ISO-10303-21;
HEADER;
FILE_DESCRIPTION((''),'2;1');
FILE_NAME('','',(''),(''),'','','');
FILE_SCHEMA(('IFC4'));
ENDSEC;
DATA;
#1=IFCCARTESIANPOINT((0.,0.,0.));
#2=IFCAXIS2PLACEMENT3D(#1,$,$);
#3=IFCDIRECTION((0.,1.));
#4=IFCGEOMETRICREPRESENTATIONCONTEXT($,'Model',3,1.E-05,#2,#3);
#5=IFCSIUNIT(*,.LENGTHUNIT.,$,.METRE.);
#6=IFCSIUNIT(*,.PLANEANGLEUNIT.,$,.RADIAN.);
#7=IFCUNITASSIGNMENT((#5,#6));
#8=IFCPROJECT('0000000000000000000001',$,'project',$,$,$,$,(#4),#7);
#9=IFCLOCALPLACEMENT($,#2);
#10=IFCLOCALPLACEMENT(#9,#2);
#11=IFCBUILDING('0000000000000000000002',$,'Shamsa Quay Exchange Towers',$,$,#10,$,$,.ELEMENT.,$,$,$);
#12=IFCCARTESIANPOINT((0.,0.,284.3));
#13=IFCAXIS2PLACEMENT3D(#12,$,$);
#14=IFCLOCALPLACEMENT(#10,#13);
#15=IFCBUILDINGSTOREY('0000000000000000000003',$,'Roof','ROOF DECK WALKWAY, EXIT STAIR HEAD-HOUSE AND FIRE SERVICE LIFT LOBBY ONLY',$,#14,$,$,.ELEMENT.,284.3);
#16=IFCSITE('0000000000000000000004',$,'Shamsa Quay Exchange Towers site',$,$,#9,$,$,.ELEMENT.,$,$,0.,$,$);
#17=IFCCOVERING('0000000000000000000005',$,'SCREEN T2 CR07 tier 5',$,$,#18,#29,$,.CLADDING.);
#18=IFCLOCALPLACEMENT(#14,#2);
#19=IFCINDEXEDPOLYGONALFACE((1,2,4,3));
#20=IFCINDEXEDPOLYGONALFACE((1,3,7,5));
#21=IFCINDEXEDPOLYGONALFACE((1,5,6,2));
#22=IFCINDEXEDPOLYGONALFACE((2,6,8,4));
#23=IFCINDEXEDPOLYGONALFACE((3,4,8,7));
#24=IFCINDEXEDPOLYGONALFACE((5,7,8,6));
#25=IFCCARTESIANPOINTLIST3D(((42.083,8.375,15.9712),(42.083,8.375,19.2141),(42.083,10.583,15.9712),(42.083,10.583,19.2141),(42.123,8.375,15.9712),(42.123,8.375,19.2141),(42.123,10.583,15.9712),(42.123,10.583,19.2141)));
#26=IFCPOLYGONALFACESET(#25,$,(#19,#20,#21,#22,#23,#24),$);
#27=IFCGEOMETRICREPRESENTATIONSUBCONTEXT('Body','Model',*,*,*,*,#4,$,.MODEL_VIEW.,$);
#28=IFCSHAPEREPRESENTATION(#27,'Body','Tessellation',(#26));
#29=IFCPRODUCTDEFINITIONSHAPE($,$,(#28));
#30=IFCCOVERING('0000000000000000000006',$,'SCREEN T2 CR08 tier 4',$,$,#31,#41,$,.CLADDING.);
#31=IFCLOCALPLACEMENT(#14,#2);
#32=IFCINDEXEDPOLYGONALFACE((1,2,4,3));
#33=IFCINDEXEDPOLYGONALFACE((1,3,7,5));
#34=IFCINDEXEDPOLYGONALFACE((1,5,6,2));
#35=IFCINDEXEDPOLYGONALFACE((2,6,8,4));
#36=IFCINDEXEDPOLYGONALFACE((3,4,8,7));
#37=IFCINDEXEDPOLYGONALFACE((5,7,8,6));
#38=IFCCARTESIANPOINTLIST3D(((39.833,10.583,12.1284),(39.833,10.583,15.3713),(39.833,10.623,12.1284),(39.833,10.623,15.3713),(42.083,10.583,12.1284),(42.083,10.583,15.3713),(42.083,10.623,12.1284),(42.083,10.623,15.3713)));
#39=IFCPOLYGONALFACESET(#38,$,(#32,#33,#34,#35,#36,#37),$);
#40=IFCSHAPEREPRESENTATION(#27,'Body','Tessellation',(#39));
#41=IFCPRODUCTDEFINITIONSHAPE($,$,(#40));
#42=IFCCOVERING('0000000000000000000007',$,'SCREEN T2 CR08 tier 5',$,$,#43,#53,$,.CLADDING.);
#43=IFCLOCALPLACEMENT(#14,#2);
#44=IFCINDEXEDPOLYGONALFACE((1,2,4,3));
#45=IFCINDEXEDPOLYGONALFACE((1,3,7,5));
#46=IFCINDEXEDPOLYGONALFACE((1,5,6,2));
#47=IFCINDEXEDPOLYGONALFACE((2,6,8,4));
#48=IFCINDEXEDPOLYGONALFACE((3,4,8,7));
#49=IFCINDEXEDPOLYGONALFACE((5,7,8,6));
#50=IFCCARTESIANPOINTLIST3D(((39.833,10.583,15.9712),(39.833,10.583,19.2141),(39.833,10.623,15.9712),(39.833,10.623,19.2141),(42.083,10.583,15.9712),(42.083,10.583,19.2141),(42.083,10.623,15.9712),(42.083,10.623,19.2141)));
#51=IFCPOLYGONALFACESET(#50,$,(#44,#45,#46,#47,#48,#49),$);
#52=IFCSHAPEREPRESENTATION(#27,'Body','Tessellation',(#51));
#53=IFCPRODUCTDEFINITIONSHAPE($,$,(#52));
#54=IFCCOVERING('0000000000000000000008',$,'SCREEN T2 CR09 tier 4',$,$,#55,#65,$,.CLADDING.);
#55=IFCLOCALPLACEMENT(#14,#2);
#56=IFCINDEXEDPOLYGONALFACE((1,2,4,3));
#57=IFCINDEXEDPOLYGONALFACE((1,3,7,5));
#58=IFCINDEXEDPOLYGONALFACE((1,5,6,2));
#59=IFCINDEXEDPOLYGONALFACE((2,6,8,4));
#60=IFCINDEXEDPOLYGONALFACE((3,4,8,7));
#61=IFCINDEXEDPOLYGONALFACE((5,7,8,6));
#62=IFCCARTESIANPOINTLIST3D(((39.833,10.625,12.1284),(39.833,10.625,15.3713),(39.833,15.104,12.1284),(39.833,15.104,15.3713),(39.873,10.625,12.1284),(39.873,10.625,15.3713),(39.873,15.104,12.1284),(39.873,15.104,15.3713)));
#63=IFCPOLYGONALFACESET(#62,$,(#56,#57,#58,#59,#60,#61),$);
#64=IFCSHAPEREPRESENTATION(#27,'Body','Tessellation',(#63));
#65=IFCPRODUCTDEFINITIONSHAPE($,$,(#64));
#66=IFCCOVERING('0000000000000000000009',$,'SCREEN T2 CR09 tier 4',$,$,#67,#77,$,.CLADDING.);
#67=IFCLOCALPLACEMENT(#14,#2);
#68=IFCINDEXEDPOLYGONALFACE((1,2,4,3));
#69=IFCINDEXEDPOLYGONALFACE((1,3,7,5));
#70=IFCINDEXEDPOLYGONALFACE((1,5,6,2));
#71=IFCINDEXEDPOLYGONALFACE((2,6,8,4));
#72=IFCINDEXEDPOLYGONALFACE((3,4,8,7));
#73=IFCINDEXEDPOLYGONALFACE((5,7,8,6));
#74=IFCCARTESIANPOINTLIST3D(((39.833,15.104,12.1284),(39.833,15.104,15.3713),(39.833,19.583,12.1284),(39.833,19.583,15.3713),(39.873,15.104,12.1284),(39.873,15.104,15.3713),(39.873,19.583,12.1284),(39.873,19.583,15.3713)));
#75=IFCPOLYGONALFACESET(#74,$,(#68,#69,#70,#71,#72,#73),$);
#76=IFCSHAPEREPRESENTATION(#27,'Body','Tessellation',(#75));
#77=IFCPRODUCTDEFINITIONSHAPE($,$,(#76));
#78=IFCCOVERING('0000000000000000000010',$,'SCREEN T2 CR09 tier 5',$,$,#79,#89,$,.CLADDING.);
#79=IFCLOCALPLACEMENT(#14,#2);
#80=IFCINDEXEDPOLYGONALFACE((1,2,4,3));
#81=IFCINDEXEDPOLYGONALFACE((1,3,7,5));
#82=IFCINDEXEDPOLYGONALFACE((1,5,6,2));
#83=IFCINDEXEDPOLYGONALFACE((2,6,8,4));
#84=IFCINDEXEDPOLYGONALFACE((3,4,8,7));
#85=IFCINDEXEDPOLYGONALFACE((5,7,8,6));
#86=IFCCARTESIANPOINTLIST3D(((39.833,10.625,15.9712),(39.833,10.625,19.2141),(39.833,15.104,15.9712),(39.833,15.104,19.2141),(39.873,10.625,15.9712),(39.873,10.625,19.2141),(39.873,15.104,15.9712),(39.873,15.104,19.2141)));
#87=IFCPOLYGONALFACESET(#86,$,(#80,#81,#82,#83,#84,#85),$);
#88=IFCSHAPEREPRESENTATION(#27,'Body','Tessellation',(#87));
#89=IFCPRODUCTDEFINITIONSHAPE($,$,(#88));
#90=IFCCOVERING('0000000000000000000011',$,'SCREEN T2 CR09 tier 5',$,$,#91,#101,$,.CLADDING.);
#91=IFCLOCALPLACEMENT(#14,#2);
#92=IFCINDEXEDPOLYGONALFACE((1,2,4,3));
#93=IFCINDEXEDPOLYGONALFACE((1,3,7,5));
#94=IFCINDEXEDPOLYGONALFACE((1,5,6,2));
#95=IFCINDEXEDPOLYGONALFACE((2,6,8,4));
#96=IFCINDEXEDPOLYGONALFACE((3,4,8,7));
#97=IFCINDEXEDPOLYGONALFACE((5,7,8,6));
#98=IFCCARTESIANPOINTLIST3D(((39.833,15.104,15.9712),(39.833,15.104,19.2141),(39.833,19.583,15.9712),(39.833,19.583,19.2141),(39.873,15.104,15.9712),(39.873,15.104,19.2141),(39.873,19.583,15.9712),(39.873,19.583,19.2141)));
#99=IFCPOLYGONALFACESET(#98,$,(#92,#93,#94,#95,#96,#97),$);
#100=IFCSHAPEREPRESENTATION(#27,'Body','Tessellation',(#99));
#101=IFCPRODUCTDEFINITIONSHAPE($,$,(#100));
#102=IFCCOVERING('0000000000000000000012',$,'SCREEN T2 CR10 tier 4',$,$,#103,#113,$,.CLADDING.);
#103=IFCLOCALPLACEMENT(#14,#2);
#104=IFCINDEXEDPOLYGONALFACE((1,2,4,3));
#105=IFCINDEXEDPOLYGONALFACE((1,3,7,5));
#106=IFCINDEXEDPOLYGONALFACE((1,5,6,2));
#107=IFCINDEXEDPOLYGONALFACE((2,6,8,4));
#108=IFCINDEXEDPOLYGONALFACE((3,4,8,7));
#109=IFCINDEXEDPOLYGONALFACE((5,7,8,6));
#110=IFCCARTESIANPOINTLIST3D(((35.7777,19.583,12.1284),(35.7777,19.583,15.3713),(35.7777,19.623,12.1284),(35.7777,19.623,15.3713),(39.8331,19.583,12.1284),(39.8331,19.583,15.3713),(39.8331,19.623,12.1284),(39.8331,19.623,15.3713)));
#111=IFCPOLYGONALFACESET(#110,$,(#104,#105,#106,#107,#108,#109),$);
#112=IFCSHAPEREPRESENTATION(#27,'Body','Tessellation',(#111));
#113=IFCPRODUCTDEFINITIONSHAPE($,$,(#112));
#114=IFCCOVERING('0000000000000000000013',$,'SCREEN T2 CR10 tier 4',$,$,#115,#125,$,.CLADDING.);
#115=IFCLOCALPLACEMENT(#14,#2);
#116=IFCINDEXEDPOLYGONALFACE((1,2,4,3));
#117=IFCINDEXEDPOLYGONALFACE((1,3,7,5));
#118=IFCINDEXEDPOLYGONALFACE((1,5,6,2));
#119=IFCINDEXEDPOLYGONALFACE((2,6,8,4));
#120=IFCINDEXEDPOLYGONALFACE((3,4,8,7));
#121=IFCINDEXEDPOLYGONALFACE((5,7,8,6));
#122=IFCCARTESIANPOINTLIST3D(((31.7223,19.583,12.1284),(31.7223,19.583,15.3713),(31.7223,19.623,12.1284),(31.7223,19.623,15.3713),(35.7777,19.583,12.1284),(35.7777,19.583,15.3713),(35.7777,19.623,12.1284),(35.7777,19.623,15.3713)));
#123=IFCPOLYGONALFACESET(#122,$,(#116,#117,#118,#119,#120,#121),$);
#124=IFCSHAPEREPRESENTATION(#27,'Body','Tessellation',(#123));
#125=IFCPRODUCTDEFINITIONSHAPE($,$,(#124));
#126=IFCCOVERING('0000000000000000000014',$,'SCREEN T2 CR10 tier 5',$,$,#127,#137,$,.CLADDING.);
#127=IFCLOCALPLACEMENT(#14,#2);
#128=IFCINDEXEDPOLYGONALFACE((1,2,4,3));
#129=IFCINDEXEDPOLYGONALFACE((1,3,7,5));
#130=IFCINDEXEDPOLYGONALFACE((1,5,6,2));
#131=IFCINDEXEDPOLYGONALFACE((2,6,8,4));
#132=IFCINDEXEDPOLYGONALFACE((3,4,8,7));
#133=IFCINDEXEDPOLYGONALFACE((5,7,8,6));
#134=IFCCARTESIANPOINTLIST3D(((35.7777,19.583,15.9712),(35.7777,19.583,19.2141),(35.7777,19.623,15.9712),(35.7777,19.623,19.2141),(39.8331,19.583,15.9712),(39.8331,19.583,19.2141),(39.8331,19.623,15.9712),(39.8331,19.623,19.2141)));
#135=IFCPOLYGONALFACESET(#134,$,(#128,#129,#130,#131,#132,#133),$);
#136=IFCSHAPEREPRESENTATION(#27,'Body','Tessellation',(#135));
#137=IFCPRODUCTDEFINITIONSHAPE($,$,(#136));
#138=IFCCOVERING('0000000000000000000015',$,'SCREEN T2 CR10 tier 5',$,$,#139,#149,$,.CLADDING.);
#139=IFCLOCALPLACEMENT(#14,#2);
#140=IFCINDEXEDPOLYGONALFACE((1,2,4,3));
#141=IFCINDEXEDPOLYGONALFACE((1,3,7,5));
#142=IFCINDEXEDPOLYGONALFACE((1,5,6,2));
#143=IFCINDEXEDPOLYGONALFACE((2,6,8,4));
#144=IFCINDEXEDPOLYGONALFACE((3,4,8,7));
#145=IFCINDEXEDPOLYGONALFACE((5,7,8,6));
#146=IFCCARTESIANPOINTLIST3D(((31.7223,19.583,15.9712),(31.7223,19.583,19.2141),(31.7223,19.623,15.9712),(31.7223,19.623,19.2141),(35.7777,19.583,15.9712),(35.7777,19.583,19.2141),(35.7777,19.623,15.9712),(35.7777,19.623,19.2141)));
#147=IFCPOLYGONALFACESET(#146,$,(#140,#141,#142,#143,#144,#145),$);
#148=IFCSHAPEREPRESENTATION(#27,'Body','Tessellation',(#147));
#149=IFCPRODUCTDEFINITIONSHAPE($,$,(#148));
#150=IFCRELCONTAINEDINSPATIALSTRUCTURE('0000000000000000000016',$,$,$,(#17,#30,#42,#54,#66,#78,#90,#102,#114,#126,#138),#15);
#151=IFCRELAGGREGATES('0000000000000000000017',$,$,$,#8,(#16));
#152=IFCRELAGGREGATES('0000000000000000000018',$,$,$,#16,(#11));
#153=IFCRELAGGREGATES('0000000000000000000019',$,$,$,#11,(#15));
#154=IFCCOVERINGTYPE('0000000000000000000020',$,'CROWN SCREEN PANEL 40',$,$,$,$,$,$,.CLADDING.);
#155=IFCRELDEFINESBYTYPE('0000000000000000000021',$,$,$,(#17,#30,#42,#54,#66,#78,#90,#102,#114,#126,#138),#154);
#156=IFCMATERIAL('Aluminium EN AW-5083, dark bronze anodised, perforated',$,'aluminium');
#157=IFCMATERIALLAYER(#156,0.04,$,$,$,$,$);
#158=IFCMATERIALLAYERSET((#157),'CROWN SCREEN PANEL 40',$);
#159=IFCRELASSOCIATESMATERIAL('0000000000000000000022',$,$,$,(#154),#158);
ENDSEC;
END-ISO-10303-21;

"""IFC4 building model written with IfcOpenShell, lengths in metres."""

from ifc_helpers import new_model, si_unit, direction, frame, origin, origin_2d, place, context, subcontext, project, spatial, rectangle, extrude, material, layer, layer_set, type_object, element, save


model = new_model("IFC4")

# Units and contexts
model_context = context("Model", 3, precision=1e-05, world=origin(), true_north=direction((0.0, 1.0)))
body_context = subcontext(model_context, "Body", "Model", "MODEL_VIEW")
ifc_project = project(units=[si_unit("LENGTHUNIT", "METRE"), si_unit("PLANEANGLEUNIT", "RADIAN")], contexts=[model_context])

# Site, building, storey
site_placement = place(None, origin())
site = spatial("IfcSite", under=ifc_project, at=site_placement, Name="Shamsa Quay Exchange Towers site", CompositionType="ELEMENT", RefElevation=0.0)
building_placement = place(site_placement, origin())
building = spatial("IfcBuilding", under=site, at=building_placement, Name="Shamsa Quay Exchange Towers", CompositionType="ELEMENT")
storey_placement = place(building_placement, frame((0.0, 0.0, 284.3)))
storey = spatial("IfcBuildingStorey", under=building, at=storey_placement, Name="Roof", Description="ROOF DECK WALKWAY, EXIT STAIR HEAD-HOUSE AND FIRE SERVICE LIFT LOBBY ONLY", CompositionType="ELEMENT", Elevation=284.3)

# Coverings
ifc_material_1 = material(Name="Aluminium EN AW-5083, dark bronze anodised, perforated", Category="aluminium")
ifc_layer = layer(ifc_material_1, 0.04)
ifc_layer_set = layer_set([ifc_layer], Name="CROWN SCREEN PANEL 40")
covering_type = type_object("IfcCoveringType", Name="CROWN SCREEN PANEL 40", PredefinedType="CLADDING", material=ifc_layer_set)
for number, where, z_axis, x_axis, name in (
    (1, (42.103, 9.479, 15.9712), (0.0, 0.0, 1.0), (0.0, 1.0, 0.0), "SCREEN T2 CR07 tier 5"),
):
    element("IfcCovering", number, at=place(storey_placement, frame(where, z_axis=z_axis, x_axis=x_axis)), inside=storey, type_object=covering_type, Name=name, PredefinedType="CLADDING", context=body_context, shape_type="SweptSolid", body=[
        extrude(rectangle(XDim=2.208, YDim=0.04, at=origin_2d()), origin(), (0.0, 0.0, 1.0), 3.2429),
    ])
for number, where, z_axis, x_axis, name in (
    (2, (40.958, 10.603, 12.1284), (0.0, 0.0, 1.0), (-1.0, 0.0, 0.0), "SCREEN T2 CR08 tier 4"),
    (3, (40.958, 10.603, 15.9712), (0.0, 0.0, 1.0), (-1.0, 0.0, 0.0), "SCREEN T2 CR08 tier 5"),
):
    element("IfcCovering", number, at=place(storey_placement, frame(where, z_axis=z_axis, x_axis=x_axis)), inside=storey, type_object=covering_type, Name=name, PredefinedType="CLADDING", context=body_context, shape_type="SweptSolid", body=[
        extrude(rectangle(XDim=2.25, YDim=0.04, at=origin_2d()), origin(), (0.0, 0.0, 1.0), 3.2429),
    ])
for number, where, z_axis, x_axis, name in (
    (4, (39.853, 12.8645, 12.1284), (0.0, 0.0, 1.0), (0.0, 1.0, 0.0), "SCREEN T2 CR09 tier 4"),
    (5, (39.853, 17.3435, 12.1284), (0.0, 0.0, 1.0), (0.0, 1.0, 0.0), "SCREEN T2 CR09 tier 4"),
    (6, (39.853, 12.8645, 15.9712), (0.0, 0.0, 1.0), (0.0, 1.0, 0.0), "SCREEN T2 CR09 tier 5"),
    (7, (39.853, 17.3435, 15.9712), (0.0, 0.0, 1.0), (0.0, 1.0, 0.0), "SCREEN T2 CR09 tier 5"),
):
    element("IfcCovering", number, at=place(storey_placement, frame(where, z_axis=z_axis, x_axis=x_axis)), inside=storey, type_object=covering_type, Name=name, PredefinedType="CLADDING", context=body_context, shape_type="SweptSolid", body=[
        extrude(rectangle(XDim=4.479, YDim=0.04, at=origin_2d()), origin(), (0.0, 0.0, 1.0), 3.2429),
    ])
for number, where, z_axis, x_axis, name in (
    (8, (37.8054, 19.603, 12.1284), (0.0, 0.0, 1.0), (-1.0, 0.0, 0.0), "SCREEN T2 CR10 tier 4"),
    (9, (33.75, 19.603, 12.1284), (0.0, 0.0, 1.0), (-1.0, 0.0, 0.0), "SCREEN T2 CR10 tier 4"),
    (10, (37.8054, 19.603, 15.9712), (0.0, 0.0, 1.0), (-1.0, 0.0, 0.0), "SCREEN T2 CR10 tier 5"),
    (11, (33.75, 19.603, 15.9712), (0.0, 0.0, 1.0), (-1.0, 0.0, 0.0), "SCREEN T2 CR10 tier 5"),
):
    element("IfcCovering", number, at=place(storey_placement, frame(where, z_axis=z_axis, x_axis=x_axis)), inside=storey, type_object=covering_type, Name=name, PredefinedType="CLADDING", context=body_context, shape_type="SweptSolid", body=[
        extrude(rectangle(XDim=4.0554, YDim=0.04, at=origin_2d()), origin(), (0.0, 0.0, 1.0), 3.2429),
    ])

save(model, "model.ifc")
